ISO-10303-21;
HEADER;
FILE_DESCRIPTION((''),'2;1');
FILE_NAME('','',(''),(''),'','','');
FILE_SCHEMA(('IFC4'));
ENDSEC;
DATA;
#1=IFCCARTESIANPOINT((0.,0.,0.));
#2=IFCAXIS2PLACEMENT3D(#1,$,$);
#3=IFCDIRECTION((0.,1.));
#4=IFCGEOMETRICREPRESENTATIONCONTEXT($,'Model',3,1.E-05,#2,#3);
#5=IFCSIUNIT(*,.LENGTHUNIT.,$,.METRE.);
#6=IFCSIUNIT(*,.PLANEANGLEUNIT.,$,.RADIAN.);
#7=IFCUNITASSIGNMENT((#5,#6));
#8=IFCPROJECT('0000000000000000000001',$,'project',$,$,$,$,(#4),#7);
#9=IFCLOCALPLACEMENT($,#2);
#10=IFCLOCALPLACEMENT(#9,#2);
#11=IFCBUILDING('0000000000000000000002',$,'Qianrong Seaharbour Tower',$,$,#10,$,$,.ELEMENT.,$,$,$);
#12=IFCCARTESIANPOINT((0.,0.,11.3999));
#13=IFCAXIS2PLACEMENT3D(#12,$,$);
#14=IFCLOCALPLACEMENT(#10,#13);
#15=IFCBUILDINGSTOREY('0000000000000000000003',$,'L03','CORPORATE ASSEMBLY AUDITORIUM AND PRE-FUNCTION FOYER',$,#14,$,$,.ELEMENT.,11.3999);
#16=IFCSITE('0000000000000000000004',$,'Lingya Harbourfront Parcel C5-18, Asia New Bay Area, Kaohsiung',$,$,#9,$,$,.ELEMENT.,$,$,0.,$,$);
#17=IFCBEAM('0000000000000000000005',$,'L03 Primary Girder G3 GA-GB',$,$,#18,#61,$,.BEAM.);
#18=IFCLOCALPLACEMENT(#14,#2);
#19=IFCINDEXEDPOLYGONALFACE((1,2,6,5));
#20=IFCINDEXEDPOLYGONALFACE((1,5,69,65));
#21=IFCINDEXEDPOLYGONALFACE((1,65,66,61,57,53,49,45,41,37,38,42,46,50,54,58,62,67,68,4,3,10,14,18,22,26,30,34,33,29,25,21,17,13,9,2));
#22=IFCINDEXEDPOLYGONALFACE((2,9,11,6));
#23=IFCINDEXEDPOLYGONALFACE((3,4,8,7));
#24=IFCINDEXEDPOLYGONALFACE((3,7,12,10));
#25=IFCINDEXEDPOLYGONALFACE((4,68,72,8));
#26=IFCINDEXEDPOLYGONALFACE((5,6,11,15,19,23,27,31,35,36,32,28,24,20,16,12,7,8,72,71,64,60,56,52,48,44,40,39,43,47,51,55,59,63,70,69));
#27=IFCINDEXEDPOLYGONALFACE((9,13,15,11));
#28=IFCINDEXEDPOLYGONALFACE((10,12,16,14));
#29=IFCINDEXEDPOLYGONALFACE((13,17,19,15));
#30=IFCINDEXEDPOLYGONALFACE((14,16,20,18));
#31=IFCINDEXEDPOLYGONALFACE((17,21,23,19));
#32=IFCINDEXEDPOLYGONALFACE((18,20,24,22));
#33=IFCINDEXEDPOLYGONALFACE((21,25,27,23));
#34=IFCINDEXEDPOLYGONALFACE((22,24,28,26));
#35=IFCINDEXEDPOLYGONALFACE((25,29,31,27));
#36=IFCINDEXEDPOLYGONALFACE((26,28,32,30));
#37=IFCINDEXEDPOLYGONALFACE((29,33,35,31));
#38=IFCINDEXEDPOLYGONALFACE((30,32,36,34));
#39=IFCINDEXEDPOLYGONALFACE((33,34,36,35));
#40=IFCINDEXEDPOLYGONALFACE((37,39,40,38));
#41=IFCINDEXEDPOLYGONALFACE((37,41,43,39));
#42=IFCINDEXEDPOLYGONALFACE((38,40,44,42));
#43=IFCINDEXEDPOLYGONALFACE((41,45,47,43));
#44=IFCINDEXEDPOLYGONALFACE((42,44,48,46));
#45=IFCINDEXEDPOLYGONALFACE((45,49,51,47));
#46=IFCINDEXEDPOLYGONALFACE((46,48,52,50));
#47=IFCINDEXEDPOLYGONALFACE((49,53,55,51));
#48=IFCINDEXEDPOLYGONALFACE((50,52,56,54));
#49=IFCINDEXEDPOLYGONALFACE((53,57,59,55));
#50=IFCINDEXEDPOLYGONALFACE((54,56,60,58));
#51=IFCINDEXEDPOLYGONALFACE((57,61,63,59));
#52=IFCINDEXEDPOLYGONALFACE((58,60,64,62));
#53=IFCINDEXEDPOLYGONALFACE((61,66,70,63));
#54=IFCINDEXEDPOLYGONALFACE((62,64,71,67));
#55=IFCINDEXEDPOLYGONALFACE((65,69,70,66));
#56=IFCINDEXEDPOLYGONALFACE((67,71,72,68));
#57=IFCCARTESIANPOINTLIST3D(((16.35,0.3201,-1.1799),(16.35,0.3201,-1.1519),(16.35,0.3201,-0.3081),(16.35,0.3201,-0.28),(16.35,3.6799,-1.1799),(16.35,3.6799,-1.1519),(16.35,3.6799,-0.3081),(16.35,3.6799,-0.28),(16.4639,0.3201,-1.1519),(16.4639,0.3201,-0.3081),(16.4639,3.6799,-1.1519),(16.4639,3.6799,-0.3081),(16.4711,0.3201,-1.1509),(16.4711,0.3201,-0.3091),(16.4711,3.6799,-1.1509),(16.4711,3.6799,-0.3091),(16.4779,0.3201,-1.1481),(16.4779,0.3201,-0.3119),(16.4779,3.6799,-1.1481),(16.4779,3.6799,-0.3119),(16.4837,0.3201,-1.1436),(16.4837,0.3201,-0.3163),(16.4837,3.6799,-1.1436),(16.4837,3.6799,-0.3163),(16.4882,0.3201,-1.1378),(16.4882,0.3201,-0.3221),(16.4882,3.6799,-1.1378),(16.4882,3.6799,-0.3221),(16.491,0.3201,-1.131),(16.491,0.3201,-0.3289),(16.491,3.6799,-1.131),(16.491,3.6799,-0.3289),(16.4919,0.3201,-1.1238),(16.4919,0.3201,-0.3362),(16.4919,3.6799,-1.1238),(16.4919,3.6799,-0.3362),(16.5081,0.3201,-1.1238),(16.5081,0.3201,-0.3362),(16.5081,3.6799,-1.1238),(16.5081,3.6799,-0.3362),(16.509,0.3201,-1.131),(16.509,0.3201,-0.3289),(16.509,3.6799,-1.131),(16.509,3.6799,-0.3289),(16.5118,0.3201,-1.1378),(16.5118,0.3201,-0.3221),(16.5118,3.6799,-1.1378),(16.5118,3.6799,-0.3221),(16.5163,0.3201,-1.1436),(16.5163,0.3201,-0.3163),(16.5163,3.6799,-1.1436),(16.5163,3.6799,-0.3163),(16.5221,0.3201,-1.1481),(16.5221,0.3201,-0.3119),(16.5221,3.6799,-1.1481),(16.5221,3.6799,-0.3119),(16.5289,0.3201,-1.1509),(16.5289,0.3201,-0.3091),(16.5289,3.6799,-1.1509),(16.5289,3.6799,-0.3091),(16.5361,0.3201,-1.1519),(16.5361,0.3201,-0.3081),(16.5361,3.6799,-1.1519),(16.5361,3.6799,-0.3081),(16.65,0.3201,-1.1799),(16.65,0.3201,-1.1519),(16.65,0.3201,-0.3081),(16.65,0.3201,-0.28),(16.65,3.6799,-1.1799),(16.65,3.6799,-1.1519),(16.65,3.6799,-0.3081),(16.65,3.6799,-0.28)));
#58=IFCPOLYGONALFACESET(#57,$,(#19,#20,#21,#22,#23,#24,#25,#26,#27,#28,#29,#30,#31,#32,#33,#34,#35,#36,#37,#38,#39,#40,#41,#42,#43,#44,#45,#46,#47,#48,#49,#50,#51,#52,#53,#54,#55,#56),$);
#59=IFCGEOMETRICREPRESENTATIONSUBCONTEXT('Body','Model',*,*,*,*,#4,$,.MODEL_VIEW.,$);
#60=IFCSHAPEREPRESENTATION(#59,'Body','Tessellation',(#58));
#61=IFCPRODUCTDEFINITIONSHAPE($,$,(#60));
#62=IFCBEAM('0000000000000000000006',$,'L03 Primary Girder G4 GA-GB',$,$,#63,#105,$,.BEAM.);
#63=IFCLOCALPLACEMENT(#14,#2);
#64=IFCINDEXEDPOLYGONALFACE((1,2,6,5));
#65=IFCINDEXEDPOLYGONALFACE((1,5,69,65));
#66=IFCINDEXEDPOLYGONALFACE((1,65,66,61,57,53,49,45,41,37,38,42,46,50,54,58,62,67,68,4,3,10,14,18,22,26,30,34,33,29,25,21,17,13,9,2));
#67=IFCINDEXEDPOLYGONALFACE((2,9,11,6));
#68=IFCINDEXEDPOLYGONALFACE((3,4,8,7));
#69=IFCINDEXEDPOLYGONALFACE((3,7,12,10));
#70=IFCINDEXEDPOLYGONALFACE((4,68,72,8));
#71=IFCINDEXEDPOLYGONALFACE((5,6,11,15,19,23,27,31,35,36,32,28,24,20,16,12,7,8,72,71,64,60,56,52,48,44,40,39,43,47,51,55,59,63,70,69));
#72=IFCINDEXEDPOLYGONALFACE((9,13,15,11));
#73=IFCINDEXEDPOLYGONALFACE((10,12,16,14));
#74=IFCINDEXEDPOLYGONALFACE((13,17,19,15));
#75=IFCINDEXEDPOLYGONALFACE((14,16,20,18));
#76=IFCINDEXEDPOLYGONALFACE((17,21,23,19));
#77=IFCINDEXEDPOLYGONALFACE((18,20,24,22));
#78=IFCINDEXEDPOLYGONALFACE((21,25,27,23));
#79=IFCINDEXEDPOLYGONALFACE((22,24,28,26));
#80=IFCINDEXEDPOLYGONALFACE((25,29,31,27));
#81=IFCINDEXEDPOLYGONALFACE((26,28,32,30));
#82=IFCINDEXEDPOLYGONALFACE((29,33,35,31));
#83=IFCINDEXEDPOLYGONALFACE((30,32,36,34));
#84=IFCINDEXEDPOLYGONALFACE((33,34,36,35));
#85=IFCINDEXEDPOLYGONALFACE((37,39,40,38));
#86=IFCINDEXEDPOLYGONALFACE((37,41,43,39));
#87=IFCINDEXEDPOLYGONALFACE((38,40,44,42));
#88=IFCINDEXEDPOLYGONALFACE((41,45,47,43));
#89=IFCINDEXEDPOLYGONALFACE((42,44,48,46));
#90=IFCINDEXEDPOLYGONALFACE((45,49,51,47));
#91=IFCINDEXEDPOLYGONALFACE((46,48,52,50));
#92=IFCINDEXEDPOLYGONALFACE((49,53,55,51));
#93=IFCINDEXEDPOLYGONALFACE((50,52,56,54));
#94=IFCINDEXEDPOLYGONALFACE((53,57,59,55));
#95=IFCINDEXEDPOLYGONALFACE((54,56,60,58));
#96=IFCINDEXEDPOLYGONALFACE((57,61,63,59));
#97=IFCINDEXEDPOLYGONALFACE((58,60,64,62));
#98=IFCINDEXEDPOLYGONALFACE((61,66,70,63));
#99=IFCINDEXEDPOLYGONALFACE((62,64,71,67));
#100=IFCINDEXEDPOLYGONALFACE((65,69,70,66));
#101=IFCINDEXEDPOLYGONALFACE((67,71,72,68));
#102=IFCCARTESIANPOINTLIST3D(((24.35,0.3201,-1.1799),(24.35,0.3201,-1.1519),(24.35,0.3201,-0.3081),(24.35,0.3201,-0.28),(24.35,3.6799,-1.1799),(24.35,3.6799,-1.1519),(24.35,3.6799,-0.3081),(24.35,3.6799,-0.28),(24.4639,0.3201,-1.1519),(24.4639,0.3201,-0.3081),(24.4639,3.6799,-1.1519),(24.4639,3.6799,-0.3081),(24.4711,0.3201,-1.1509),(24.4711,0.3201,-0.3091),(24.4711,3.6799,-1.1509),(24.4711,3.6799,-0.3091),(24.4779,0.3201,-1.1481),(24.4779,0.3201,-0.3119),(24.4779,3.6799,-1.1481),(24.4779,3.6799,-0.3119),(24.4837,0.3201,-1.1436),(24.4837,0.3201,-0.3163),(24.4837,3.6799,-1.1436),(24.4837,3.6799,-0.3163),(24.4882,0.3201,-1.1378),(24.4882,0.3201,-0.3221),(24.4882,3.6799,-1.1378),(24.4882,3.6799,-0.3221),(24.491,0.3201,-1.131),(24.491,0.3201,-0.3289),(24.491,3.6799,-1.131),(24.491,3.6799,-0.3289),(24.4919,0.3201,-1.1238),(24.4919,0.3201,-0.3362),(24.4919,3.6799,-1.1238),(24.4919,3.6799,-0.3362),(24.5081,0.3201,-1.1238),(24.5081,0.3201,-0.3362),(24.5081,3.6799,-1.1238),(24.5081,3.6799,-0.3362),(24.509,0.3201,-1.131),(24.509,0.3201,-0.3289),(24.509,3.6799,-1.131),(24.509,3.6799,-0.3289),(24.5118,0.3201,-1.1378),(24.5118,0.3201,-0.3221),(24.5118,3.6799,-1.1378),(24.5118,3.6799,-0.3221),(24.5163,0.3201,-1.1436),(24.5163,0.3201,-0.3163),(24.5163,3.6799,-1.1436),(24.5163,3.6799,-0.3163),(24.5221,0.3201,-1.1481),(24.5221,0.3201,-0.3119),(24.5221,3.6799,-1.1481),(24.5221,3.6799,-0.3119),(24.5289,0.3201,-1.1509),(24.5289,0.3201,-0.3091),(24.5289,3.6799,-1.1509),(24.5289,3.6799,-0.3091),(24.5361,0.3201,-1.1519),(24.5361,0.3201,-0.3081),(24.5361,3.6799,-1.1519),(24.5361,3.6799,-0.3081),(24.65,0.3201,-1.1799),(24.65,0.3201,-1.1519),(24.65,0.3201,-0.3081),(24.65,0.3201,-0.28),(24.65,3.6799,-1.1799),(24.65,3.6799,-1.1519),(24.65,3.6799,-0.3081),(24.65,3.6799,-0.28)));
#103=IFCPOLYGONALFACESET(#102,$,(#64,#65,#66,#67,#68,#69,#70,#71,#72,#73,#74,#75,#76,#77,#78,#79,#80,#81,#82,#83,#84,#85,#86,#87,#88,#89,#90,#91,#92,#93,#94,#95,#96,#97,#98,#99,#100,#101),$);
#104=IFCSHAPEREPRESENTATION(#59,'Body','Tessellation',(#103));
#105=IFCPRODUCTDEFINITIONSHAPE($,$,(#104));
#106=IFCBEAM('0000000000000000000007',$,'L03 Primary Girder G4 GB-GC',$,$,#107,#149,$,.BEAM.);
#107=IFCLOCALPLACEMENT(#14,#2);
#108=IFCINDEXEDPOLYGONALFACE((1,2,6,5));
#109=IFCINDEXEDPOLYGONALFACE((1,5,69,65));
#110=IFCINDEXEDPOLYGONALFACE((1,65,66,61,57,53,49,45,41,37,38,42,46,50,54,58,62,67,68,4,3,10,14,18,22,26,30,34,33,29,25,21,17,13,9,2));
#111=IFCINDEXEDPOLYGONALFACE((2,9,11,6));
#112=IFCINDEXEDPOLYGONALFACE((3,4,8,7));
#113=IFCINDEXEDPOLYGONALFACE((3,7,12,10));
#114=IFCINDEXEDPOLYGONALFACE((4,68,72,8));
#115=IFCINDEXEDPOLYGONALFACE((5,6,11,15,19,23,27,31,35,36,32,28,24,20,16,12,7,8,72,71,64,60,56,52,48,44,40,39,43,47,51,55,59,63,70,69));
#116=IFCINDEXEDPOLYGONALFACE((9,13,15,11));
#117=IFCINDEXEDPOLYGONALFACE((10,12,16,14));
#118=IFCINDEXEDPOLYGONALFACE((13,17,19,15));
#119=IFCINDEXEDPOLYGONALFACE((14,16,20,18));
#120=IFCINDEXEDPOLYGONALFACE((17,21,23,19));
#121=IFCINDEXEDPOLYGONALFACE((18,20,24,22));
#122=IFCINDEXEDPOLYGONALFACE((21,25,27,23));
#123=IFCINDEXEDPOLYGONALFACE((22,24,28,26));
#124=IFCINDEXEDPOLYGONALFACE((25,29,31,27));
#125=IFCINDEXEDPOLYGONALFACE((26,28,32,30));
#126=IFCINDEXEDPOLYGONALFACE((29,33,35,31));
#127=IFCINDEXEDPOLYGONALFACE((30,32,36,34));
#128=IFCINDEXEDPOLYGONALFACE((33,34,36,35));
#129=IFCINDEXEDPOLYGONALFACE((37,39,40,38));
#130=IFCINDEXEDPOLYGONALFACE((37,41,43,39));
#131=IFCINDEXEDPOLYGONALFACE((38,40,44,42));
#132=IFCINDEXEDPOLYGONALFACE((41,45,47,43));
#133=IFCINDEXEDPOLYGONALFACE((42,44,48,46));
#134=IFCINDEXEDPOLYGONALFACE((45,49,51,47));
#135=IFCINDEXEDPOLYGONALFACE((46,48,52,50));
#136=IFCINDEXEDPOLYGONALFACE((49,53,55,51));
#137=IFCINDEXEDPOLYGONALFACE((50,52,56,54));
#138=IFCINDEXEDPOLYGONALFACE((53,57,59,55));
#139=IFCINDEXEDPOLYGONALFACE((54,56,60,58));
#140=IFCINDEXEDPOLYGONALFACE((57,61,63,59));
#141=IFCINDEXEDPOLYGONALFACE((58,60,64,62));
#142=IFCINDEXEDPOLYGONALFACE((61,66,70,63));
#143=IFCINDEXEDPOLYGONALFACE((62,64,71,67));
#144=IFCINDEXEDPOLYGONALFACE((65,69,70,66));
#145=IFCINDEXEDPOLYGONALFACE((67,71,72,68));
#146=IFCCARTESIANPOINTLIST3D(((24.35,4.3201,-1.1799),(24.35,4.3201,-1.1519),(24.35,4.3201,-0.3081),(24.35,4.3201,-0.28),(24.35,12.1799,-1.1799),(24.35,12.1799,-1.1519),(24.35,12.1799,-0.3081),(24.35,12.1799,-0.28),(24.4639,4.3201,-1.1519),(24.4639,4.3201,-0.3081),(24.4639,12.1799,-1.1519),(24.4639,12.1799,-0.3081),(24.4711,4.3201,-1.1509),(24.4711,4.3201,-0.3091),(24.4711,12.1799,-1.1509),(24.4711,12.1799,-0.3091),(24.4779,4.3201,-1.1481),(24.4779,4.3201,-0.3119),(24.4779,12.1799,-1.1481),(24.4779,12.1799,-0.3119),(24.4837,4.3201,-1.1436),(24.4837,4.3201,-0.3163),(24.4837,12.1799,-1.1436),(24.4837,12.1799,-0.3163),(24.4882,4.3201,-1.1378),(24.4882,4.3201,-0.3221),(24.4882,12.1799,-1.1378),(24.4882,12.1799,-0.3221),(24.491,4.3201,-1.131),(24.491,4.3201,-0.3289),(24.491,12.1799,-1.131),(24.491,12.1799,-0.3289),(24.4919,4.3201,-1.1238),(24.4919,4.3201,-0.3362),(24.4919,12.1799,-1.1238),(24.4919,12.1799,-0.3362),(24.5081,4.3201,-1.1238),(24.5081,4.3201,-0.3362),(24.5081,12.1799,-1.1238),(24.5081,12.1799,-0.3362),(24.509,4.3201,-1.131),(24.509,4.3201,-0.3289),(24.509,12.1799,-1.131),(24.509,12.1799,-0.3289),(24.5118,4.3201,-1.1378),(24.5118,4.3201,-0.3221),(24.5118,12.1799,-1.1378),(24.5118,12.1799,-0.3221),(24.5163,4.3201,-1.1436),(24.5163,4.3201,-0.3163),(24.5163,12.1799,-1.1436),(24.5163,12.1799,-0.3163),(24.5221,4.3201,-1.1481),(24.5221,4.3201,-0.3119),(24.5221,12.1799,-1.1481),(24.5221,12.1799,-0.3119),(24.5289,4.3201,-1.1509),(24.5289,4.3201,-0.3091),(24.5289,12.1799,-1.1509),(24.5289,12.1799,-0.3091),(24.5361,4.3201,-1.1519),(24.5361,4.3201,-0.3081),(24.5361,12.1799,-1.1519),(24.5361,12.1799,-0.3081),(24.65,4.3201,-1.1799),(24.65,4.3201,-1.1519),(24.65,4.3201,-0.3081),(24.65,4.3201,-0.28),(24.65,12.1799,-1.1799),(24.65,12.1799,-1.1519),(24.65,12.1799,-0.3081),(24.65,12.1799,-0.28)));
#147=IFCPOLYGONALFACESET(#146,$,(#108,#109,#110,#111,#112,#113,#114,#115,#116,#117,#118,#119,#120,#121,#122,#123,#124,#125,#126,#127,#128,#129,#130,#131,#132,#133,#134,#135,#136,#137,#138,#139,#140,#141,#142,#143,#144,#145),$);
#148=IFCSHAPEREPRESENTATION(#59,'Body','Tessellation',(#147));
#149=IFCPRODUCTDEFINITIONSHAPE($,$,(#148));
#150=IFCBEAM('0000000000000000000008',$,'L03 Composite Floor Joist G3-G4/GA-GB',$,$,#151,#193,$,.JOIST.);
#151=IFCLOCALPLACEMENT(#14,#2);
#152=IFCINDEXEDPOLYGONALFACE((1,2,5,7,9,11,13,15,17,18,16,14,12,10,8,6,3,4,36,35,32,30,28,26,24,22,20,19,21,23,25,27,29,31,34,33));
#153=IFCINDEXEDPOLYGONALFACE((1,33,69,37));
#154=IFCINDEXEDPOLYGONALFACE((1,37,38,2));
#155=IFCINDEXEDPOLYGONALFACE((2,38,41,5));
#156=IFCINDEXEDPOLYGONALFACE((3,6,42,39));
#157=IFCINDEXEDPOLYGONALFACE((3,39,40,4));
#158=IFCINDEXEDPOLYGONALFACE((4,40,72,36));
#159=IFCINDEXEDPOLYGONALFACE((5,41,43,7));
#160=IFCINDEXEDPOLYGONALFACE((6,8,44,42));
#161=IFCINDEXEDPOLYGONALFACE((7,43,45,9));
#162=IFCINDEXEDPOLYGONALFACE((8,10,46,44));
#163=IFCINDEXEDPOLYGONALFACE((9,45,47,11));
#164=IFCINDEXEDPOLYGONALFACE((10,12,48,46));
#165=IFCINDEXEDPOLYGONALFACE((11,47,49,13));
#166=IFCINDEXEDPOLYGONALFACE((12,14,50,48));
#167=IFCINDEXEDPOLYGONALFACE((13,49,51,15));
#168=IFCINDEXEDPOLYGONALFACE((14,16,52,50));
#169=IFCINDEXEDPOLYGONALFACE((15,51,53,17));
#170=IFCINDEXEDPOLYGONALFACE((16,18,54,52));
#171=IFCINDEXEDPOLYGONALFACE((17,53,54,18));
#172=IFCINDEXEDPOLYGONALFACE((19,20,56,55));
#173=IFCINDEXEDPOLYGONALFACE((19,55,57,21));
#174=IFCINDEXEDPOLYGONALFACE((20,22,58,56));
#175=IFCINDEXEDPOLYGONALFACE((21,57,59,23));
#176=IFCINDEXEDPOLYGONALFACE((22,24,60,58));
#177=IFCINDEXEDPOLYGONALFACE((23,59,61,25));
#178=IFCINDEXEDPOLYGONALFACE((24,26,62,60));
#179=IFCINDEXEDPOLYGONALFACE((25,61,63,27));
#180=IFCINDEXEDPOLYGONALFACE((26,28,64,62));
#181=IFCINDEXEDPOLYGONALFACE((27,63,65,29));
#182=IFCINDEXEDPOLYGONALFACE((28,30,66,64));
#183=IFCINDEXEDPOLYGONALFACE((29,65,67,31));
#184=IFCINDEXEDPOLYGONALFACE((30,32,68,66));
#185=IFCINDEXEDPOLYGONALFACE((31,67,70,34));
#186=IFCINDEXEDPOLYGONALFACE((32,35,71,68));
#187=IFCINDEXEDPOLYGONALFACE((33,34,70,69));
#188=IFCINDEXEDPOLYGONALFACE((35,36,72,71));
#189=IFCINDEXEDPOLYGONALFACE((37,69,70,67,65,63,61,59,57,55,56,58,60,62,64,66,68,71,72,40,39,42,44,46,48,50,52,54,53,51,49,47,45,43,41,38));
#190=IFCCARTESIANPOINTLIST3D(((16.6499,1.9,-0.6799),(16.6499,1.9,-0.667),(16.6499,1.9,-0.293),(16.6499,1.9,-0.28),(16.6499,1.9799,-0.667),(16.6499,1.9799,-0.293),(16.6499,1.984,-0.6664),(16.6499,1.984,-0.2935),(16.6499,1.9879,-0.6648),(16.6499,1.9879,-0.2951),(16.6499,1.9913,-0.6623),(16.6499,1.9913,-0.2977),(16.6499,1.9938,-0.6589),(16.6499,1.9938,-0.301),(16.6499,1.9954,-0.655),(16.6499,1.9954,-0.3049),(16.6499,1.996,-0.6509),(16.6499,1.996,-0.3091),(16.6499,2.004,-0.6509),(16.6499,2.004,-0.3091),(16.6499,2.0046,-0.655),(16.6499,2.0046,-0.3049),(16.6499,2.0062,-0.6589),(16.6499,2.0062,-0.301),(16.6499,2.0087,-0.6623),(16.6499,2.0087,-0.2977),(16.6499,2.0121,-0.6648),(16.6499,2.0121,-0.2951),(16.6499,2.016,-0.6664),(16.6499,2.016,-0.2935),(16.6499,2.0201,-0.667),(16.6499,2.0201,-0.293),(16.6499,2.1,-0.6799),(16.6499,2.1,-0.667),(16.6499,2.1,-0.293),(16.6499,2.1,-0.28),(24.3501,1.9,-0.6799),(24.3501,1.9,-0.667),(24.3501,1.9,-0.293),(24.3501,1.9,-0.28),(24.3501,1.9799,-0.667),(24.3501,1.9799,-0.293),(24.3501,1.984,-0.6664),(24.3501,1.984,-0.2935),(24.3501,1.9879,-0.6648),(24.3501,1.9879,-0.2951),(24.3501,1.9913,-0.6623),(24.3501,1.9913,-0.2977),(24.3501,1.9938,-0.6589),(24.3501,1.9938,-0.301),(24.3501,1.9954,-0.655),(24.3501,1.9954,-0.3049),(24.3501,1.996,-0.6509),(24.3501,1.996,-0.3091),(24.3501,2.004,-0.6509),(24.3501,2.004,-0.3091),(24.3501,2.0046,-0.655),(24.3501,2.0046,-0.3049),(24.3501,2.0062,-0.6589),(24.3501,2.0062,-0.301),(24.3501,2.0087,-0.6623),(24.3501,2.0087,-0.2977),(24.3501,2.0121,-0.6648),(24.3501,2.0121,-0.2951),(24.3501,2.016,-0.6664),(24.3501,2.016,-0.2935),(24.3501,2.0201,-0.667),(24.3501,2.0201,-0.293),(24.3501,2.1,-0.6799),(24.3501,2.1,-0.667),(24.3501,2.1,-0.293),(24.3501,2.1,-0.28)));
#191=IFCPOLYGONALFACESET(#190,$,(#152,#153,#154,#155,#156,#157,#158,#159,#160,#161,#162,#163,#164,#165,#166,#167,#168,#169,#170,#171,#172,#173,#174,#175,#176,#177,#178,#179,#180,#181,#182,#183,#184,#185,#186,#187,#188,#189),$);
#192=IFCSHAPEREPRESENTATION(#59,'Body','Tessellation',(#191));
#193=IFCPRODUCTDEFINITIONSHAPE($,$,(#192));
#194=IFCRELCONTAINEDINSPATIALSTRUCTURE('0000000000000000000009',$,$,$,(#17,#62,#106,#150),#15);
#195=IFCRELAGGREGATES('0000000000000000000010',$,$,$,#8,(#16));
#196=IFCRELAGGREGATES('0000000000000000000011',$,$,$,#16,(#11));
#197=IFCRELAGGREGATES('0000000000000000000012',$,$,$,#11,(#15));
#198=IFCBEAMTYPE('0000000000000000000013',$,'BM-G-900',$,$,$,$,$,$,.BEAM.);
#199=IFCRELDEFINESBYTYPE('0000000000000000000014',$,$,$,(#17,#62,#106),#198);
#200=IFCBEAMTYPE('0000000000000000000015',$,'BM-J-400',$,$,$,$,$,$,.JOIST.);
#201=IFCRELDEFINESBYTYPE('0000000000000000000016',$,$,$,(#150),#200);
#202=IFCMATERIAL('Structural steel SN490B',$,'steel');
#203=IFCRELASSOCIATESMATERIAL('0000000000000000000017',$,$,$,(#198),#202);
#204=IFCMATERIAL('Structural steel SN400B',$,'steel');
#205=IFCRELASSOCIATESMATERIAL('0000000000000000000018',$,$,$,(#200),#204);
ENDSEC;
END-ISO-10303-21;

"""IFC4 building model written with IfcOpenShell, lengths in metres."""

from ifc_helpers import new_model, si_unit, direction, frame, origin, origin_2d, place, context, subcontext, project, spatial, i_section, extrude, material, material_profile, profile_set, type_object, element, save


model = new_model("IFC4")

# Units and contexts
model_context = context("Model", 3, precision=1e-05, world=origin(), true_north=direction((0.0, 1.0)))
body_context = subcontext(model_context, "Body", "Model", "MODEL_VIEW")
ifc_project = project(units=[si_unit("LENGTHUNIT", "METRE"), si_unit("PLANEANGLEUNIT", "RADIAN")], contexts=[model_context])

# Site, building, storey
site_placement = place(None, origin())
site = spatial("IfcSite", under=ifc_project, at=site_placement, Name="Lingya Harbourfront Parcel C5-18, Asia New Bay Area, Kaohsiung", CompositionType="ELEMENT", RefElevation=0.0)
building_placement = place(site_placement, origin())
building = spatial("IfcBuilding", under=site, at=building_placement, Name="Qianrong Seaharbour Tower", CompositionType="ELEMENT")
storey_placement = place(building_placement, frame((0.0, 0.0, 11.3999)))
storey = spatial("IfcBuildingStorey", under=building, at=storey_placement, Name="L03", Description="CORPORATE ASSEMBLY AUDITORIUM AND PRE-FUNCTION FOYER", CompositionType="ELEMENT", Elevation=11.3999)

# Beams
ifc_material_1 = material(Name="Structural steel SN490B", Category="steel")
ifc_material_profile_1 = material_profile(ifc_material_1, i_section(OverallWidth=0.3, OverallDepth=0.8999, WebThickness=0.0161, FlangeThickness=0.0281, FilletRadius=0.0281, at=origin_2d()), Name="H900x300x16x28")
ifc_profile_set_1 = profile_set([ifc_material_profile_1], Name="Structural steel SN490B")
beam_type_1 = type_object("IfcBeamType", Name="BM-G-900", PredefinedType="BEAM", material=ifc_profile_set_1)
for number, where, z_axis, x_axis, name in (
    (1, (16.5, 0.3201, -0.73), (0.0, 1.0, 0.0), (-1.0, 0.0, 0.0), "L03 Primary Girder G3 GA-GB"),
    (2, (24.5, 0.3201, -0.73), (0.0, 1.0, 0.0), (-1.0, 0.0, 0.0), "L03 Primary Girder G4 GA-GB"),
):
    element("IfcBeam", number, at=place(storey_placement, frame(where, z_axis=z_axis, x_axis=x_axis)), inside=storey, type_object=beam_type_1, Name=name, PredefinedType="BEAM", context=body_context, shape_type="SweptSolid", body=[
        extrude(i_section(OverallWidth=0.3, OverallDepth=0.8999, WebThickness=0.0161, FlangeThickness=0.0281, FilletRadius=0.0281, at=origin_2d()), origin(), (0.0, 0.0, 1.0), 3.3599),
    ])
beam_placement = place(storey_placement, frame((24.5, 4.3201, -0.73), z_axis=(0.0, 1.0, 0.0), x_axis=(-1.0, 0.0, 0.0)))
element("IfcBeam", 3, at=beam_placement, inside=storey, type_object=beam_type_1, Name="L03 Primary Girder G4 GB-GC", PredefinedType="BEAM", context=body_context, shape_type="SweptSolid", body=[
    extrude(i_section(OverallWidth=0.3, OverallDepth=0.8999, WebThickness=0.0161, FlangeThickness=0.0281, FilletRadius=0.0281, at=origin_2d()), origin(), (0.0, 0.0, 1.0), 7.8599),
])
ifc_material_2 = material(Name="Structural steel SN400B", Category="steel")
ifc_material_profile_2 = material_profile(ifc_material_2, i_section(OverallWidth=0.2, OverallDepth=0.3999, WebThickness=0.0081, FlangeThickness=0.0129, FilletRadius=0.0161, at=origin_2d()), Name="H400x200x8x13")
ifc_profile_set_2 = profile_set([ifc_material_profile_2], Name="Structural steel SN400B")
beam_type_2 = type_object("IfcBeamType", Name="BM-J-400", PredefinedType="JOIST", material=ifc_profile_set_2)
for number, where, z_axis, x_axis, name in (
    (4, (16.6499, 2.0, -0.48), (1.0, 0.0, 0.0), (0.0, 1.0, 0.0), "L03 Composite Floor Joist G3-G4/GA-GB"),
):
    element("IfcBeam", number, at=place(storey_placement, frame(where, z_axis=z_axis, x_axis=x_axis)), inside=storey, type_object=beam_type_2, Name=name, PredefinedType="JOIST", context=body_context, shape_type="SweptSolid", body=[
        extrude(i_section(OverallWidth=0.2, OverallDepth=0.3999, WebThickness=0.0081, FlangeThickness=0.0129, FilletRadius=0.0161, at=origin_2d()), origin(), (0.0, 0.0, 1.0), 7.7002),
    ])

save(model, "model.ifc")
